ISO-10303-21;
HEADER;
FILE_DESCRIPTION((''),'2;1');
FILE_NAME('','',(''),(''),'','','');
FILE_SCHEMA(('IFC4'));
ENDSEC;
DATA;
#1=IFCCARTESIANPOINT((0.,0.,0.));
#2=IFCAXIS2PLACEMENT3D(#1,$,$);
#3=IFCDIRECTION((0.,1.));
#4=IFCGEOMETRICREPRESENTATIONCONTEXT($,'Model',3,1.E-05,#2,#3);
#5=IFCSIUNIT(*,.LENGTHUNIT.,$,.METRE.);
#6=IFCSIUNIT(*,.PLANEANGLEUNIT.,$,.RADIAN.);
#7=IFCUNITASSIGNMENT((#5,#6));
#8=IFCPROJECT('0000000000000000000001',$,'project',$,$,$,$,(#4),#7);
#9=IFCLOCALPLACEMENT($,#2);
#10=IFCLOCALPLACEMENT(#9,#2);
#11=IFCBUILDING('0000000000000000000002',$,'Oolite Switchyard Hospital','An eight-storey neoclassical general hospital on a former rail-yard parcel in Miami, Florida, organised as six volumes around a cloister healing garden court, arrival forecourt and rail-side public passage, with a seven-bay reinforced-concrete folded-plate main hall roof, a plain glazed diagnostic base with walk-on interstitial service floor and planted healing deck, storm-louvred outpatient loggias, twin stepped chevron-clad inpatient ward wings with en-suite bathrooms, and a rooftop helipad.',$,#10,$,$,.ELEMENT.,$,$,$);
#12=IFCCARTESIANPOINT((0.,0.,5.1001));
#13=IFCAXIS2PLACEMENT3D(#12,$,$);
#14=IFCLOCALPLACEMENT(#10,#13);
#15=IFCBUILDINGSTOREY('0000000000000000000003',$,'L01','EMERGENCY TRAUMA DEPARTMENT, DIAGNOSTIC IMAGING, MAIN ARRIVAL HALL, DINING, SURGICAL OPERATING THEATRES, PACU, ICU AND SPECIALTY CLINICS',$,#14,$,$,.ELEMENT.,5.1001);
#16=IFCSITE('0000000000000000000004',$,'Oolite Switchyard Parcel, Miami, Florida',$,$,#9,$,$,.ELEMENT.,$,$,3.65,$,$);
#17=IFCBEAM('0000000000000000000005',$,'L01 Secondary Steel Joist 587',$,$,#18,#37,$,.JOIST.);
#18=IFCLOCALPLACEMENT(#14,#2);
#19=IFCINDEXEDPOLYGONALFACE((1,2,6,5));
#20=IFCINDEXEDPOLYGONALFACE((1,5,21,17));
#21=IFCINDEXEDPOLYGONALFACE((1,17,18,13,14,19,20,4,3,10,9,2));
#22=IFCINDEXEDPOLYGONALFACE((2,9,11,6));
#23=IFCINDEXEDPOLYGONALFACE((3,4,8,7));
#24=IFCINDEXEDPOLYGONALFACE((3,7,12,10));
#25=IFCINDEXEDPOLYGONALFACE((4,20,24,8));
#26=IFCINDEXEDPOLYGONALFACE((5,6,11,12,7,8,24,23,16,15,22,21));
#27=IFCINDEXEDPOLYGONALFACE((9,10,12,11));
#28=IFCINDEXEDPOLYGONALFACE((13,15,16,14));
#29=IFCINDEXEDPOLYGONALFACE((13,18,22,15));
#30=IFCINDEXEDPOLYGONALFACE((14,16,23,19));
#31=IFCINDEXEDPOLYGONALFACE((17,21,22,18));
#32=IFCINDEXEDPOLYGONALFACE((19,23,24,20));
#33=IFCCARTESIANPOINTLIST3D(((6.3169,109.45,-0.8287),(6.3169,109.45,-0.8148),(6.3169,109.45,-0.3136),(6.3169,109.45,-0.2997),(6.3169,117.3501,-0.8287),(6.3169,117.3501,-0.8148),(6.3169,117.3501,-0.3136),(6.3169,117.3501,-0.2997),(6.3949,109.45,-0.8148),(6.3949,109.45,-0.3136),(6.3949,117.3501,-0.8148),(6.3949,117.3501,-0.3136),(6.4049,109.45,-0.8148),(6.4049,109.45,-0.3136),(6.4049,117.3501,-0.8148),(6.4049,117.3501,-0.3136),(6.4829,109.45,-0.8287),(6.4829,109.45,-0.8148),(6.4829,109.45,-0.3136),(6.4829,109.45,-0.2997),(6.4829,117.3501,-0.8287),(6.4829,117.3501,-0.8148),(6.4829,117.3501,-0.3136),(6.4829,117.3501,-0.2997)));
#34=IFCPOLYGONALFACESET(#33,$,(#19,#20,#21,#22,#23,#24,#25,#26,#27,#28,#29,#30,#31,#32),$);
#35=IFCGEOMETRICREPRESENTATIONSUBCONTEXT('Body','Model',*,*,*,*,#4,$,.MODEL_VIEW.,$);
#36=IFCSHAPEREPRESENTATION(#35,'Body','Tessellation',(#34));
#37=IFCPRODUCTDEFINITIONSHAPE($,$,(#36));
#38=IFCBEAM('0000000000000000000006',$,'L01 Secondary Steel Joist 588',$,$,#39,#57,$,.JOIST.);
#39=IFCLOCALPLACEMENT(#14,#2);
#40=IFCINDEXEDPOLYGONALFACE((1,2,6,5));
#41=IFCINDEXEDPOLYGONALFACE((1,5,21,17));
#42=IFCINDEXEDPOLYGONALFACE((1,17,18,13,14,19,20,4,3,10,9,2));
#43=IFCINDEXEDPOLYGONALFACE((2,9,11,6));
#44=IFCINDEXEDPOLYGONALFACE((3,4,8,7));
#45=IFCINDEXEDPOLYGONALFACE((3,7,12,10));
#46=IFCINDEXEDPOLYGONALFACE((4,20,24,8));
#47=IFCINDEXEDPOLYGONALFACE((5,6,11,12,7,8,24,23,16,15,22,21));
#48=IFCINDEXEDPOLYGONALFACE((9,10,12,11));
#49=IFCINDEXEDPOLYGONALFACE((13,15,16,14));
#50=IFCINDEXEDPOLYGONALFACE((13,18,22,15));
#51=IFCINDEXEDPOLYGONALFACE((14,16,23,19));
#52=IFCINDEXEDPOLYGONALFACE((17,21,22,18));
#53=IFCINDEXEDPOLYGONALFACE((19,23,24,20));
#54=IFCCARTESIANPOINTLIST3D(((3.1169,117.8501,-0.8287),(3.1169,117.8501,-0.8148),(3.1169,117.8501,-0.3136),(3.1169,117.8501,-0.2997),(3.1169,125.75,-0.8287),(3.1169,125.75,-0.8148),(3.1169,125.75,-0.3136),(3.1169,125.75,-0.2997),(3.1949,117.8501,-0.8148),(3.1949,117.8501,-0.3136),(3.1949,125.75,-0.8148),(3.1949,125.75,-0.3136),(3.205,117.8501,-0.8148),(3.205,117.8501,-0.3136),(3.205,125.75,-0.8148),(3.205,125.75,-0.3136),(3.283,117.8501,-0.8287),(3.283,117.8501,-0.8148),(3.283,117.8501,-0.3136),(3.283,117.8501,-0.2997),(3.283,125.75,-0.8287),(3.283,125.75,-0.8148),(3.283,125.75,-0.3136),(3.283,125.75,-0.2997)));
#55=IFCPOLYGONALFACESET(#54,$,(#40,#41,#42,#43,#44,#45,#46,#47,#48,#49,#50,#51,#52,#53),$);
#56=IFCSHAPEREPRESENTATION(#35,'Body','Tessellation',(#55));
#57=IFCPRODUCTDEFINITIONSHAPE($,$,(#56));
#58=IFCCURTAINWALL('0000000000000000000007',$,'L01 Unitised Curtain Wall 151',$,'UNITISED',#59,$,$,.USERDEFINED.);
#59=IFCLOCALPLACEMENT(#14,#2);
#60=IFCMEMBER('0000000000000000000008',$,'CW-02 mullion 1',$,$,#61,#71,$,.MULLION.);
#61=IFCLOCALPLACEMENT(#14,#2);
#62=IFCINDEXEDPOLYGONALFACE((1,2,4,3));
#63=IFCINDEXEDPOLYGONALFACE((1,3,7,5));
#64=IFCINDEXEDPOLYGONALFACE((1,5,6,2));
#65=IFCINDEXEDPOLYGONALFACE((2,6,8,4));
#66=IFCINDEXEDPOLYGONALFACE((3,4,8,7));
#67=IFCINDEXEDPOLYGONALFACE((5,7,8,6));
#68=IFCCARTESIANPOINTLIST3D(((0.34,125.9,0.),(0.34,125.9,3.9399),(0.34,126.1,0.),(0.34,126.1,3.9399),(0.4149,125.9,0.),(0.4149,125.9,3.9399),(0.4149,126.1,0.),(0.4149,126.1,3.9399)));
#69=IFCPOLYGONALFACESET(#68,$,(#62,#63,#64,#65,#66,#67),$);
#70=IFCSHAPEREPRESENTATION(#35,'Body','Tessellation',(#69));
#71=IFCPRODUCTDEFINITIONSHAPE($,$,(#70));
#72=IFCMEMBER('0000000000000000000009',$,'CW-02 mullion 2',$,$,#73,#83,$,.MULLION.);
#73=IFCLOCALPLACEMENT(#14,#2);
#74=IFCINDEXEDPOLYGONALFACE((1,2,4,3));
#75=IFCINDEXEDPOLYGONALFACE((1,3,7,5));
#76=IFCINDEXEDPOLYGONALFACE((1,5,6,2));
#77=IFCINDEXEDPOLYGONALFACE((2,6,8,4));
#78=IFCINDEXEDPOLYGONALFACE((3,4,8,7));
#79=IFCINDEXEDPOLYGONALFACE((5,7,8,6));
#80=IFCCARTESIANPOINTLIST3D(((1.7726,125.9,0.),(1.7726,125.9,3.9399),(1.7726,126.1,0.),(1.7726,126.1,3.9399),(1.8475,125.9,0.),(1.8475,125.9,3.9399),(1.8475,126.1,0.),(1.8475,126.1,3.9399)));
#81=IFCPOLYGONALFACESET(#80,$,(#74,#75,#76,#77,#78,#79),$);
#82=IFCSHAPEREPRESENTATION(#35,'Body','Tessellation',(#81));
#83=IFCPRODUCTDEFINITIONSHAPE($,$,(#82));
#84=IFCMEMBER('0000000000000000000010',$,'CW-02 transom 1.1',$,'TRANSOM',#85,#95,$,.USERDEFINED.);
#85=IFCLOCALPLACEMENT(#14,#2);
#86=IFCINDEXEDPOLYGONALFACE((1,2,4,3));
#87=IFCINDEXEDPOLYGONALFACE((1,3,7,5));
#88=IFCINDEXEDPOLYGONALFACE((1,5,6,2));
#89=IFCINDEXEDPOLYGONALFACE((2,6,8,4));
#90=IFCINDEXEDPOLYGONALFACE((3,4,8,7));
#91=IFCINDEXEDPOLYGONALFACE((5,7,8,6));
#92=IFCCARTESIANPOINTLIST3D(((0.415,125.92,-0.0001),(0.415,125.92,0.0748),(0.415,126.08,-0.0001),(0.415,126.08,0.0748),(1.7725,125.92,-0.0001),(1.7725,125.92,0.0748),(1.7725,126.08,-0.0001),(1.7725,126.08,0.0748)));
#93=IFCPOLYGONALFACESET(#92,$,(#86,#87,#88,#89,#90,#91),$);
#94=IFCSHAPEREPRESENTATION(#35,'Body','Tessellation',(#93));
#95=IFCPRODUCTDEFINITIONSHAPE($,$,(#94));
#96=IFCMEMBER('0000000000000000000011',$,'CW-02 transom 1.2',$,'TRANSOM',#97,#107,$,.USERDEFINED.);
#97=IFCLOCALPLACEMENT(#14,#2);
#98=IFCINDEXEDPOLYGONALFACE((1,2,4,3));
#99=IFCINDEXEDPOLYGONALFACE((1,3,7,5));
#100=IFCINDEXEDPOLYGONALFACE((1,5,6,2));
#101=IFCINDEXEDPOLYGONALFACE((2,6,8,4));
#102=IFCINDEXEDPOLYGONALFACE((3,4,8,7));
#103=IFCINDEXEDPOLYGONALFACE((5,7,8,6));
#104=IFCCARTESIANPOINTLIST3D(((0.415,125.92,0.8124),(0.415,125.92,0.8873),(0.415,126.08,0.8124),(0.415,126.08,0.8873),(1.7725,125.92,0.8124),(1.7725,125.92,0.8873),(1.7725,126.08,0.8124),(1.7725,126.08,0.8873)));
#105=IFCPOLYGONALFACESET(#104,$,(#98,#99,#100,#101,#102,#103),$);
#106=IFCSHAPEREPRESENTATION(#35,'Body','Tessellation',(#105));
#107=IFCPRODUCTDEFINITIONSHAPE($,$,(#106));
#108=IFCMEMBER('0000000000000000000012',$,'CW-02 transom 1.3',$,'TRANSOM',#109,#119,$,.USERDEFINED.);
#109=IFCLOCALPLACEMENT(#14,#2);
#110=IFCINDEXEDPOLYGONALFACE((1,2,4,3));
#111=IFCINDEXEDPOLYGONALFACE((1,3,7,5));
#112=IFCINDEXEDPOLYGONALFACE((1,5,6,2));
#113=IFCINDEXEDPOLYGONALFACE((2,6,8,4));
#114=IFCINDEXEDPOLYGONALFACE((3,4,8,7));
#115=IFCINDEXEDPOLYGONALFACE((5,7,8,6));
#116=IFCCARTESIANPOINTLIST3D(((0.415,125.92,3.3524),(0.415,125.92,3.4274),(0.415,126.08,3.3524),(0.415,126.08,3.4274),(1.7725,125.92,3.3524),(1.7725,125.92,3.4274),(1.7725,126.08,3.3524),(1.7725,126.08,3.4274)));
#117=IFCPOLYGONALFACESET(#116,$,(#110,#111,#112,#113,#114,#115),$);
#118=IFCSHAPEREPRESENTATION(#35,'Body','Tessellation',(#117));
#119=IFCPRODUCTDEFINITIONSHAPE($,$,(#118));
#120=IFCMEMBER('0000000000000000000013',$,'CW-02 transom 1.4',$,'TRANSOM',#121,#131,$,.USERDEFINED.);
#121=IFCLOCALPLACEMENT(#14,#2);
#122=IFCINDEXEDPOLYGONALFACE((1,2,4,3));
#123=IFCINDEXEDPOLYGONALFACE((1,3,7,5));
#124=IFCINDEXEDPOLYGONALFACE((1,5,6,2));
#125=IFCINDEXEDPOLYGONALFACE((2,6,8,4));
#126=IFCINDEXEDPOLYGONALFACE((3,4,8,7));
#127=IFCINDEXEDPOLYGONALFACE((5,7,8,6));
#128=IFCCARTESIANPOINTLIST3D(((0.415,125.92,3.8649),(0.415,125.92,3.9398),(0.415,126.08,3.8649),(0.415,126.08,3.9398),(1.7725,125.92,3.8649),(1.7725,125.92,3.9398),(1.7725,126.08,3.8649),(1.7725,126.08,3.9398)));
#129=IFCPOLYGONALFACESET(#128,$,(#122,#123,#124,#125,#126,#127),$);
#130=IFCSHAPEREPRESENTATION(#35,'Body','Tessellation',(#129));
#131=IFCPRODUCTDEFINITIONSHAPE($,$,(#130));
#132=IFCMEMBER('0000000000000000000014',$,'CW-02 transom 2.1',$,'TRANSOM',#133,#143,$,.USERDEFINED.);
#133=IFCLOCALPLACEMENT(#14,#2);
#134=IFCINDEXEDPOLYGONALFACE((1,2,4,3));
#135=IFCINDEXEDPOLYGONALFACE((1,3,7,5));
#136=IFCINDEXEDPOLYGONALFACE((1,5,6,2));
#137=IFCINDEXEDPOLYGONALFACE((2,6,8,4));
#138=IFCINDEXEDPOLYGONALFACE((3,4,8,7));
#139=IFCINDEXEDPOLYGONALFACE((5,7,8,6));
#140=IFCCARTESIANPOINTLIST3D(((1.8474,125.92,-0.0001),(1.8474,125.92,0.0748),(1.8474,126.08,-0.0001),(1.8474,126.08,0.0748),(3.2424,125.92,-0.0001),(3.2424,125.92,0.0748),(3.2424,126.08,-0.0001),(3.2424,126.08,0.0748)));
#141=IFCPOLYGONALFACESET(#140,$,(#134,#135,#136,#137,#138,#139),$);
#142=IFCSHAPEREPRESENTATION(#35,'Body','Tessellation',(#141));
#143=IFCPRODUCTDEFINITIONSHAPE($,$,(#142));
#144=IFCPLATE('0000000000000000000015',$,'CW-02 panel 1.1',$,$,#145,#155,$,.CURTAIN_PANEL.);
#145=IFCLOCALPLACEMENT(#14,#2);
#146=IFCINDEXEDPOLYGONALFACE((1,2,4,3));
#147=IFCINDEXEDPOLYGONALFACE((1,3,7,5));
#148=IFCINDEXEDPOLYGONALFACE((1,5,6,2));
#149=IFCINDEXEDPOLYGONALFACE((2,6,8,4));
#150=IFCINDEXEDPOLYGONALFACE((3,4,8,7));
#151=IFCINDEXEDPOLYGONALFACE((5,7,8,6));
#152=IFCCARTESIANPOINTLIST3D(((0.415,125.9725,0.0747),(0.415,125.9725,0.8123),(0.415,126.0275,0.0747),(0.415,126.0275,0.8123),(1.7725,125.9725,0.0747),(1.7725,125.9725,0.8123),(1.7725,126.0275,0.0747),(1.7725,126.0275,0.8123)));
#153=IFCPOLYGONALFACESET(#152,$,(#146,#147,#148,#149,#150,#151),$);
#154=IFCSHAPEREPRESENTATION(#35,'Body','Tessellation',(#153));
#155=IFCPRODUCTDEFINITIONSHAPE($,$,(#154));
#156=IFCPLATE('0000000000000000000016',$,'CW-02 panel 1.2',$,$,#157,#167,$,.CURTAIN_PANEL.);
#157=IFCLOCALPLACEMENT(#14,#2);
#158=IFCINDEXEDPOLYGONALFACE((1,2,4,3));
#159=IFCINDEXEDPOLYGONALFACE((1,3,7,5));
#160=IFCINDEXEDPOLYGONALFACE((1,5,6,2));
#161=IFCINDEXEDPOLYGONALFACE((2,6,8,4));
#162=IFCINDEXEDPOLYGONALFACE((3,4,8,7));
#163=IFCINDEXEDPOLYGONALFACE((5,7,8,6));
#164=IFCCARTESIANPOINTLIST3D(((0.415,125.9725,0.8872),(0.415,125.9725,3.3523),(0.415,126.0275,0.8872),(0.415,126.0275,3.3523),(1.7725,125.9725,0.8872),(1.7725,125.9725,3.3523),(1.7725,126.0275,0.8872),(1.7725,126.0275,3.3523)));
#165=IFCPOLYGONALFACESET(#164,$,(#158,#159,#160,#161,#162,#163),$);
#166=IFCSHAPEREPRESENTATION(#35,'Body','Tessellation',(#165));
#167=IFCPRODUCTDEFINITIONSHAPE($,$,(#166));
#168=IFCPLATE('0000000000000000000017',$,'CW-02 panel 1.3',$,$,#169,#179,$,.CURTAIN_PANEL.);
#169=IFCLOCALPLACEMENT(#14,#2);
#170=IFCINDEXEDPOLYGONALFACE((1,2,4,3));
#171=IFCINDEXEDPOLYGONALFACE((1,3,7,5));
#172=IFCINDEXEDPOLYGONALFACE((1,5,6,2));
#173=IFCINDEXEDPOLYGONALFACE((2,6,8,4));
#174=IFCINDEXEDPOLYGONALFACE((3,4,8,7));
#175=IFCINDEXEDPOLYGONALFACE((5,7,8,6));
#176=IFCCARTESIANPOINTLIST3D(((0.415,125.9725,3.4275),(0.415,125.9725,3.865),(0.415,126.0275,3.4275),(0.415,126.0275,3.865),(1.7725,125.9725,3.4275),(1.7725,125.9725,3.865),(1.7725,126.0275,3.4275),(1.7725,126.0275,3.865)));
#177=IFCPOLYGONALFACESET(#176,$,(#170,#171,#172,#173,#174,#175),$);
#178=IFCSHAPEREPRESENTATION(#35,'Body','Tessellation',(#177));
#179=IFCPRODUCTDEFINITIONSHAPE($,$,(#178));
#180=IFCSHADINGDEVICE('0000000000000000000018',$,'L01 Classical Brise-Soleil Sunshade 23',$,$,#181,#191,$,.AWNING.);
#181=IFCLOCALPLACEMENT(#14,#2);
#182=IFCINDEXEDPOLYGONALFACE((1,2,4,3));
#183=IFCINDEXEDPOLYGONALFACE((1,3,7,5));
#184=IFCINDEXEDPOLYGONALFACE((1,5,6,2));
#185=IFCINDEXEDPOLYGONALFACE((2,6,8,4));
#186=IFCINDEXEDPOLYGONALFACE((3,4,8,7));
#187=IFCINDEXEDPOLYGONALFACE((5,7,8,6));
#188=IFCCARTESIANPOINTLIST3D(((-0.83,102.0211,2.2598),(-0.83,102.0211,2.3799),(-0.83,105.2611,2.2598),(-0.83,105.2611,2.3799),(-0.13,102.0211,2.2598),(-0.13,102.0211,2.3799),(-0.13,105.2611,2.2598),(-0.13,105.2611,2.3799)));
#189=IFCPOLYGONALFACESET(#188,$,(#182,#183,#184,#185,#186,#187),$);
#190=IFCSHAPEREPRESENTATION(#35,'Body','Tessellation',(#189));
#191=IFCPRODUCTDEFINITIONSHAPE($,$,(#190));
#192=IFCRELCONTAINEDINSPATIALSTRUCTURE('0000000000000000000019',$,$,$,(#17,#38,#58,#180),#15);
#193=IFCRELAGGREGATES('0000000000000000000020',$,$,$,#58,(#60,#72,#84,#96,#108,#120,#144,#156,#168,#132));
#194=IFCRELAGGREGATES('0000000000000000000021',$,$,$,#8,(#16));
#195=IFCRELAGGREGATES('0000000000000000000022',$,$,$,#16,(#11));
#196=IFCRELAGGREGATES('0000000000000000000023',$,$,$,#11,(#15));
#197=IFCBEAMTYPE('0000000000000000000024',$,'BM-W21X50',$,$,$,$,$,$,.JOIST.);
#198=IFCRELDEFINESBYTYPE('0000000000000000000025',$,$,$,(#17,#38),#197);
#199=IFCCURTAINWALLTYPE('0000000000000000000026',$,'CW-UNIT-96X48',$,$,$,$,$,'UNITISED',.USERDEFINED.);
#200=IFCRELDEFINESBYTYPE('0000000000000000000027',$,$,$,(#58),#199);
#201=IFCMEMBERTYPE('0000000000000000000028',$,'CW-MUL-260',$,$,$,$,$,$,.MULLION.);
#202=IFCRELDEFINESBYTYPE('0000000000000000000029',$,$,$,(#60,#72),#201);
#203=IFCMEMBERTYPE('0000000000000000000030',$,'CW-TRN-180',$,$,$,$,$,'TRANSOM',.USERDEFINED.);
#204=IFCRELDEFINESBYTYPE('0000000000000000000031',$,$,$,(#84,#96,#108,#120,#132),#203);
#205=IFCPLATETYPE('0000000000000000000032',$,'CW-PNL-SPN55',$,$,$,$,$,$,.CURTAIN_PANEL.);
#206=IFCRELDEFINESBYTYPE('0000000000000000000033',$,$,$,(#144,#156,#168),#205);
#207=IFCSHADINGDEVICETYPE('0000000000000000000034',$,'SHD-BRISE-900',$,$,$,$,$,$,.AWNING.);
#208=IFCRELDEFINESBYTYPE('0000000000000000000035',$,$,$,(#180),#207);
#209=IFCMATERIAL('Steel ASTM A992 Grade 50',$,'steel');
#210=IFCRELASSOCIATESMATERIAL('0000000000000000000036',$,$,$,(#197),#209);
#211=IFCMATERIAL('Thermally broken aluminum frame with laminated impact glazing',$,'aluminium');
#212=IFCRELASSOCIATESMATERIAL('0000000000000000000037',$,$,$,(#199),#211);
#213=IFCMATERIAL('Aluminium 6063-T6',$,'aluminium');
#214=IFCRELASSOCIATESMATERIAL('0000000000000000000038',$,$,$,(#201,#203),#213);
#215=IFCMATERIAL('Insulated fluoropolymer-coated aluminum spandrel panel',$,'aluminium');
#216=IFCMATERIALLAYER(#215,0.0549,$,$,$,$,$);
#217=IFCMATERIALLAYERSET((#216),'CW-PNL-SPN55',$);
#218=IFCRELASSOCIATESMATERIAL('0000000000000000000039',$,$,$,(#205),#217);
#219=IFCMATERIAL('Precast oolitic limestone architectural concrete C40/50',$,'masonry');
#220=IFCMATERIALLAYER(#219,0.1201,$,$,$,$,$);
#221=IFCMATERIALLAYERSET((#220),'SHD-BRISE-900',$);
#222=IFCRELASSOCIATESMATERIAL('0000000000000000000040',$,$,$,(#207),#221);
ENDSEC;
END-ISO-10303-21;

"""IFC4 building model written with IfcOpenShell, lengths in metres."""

from ifc_helpers import new_model, si_unit, direction, frame, origin, origin_2d, place, context, subcontext, project, spatial, rectangle, i_section, extrude, material, layer, layer_set, material_profile, profile_set, type_object, element, aggregate, save


model = new_model("IFC4")

# Units and contexts
model_context = context("Model", 3, precision=1e-05, world=origin(), true_north=direction((0.0, 1.0)))
body_context = subcontext(model_context, "Body", "Model", "MODEL_VIEW")
ifc_project = project(units=[si_unit("LENGTHUNIT", "METRE"), si_unit("PLANEANGLEUNIT", "RADIAN")], contexts=[model_context])

# Site, building, storey
site_placement = place(None, origin())
site = spatial("IfcSite", under=ifc_project, at=site_placement, Name="Oolite Switchyard Parcel, Miami, Florida", CompositionType="ELEMENT", RefElevation=3.65)
building_placement = place(site_placement, origin())
building = spatial("IfcBuilding", under=site, at=building_placement, Name="Oolite Switchyard Hospital", Description="An eight-storey neoclassical general hospital on a former rail-yard parcel in Miami, Florida, organised as six volumes around a cloister healing garden court, arrival forecourt and rail-side public passage, with a seven-bay reinforced-concrete folded-plate main hall roof, a plain glazed diagnostic base with walk-on interstitial service floor and planted healing deck, storm-louvred outpatient loggias, twin stepped chevron-clad inpatient ward wings with en-suite bathrooms, and a rooftop helipad.", CompositionType="ELEMENT")
storey_placement = place(building_placement, frame((0.0, 0.0, 5.1001)))
storey = spatial("IfcBuildingStorey", under=building, at=storey_placement, Name="L01", Description="EMERGENCY TRAUMA DEPARTMENT, DIAGNOSTIC IMAGING, MAIN ARRIVAL HALL, DINING, SURGICAL OPERATING THEATRES, PACU, ICU AND SPECIALTY CLINICS", CompositionType="ELEMENT", Elevation=5.1001)

# Beams
ifc_material_1 = material(Name="Steel ASTM A992 Grade 50", Category="steel")
ifc_material_profile_1 = material_profile(ifc_material_1, i_section(OverallWidth=0.166, OverallDepth=0.5291, WebThickness=0.01, FlangeThickness=0.0139, at=origin_2d()), Name="W21X50")
ifc_profile_set_1 = profile_set([ifc_material_profile_1], Name="Steel ASTM A992 Grade 50")
beam_type_1 = type_object("IfcBeamType", Name="BM-W21X50", PredefinedType="JOIST", material=ifc_profile_set_1)
beam_1_placement = place(storey_placement, frame((6.3999, 109.45, -0.5642), z_axis=(0.0, 1.0, 0.0), x_axis=(-1.0, 0.0, 0.0)))
element("IfcBeam", 1, at=beam_1_placement, inside=storey, type_object=beam_type_1, Name="L01 Secondary Steel Joist 587", PredefinedType="JOIST", context=body_context, shape_type="SweptSolid", body=[
    extrude(i_section(OverallWidth=0.166, OverallDepth=0.5291, WebThickness=0.01, FlangeThickness=0.0139, at=origin_2d()), origin(), (0.0, 0.0, 1.0), 7.9001),
])
beam_2_placement = place(storey_placement, frame((3.2, 117.8501, -0.5642), z_axis=(0.0, 1.0, 0.0), x_axis=(-1.0, 0.0, 0.0)))
element("IfcBeam", 2, at=beam_2_placement, inside=storey, type_object=beam_type_1, Name="L01 Secondary Steel Joist 588", PredefinedType="JOIST", context=body_context, shape_type="SweptSolid", body=[
    extrude(i_section(OverallWidth=0.166, OverallDepth=0.5291, WebThickness=0.01, FlangeThickness=0.0139, at=origin_2d()), origin(), (0.0, 0.0, 1.0), 7.8999),
])

# Curtain wall, members, plates
ifc_material_2 = material(Name="Thermally broken aluminum frame with laminated impact glazing", Category="aluminium")
curtain_wall_type = type_object("IfcCurtainWallType", Name="CW-UNIT-96X48", ElementType="UNITISED", PredefinedType="USERDEFINED", material=ifc_material_2)
curtain_wall_placement = place(storey_placement, origin())
curtain_wall = element("IfcCurtainWall", 3, at=curtain_wall_placement, inside=storey, type_object=curtain_wall_type, Name="L01 Unitised Curtain Wall 151", ObjectType="UNITISED", PredefinedType="USERDEFINED")
ifc_material_3 = material(Name="Aluminium 6063-T6", Category="aluminium")
ifc_material_profile_2 = material_profile(ifc_material_3, rectangle(XDim=0.2, YDim=0.075, at=origin_2d()), Name="CWM75X200")
ifc_profile_set_2 = profile_set([ifc_material_profile_2], Name="Aluminium 6063-T6")
member_type_1 = type_object("IfcMemberType", Name="CW-MUL-260", PredefinedType="MULLION", material=ifc_profile_set_2)
member_1_placement = place(storey_placement, frame((0.3774, 126.0, 0.0), z_axis=(0.0, 0.0, 1.0), x_axis=(0.0, 1.0, 0.0)))
member_1 = element("IfcMember", 4, at=member_1_placement, type_object=member_type_1, Name="CW-02 mullion 1", PredefinedType="MULLION", context=body_context, shape_type="SweptSolid", body=[
    extrude(rectangle(XDim=0.2, YDim=0.075, at=origin_2d()), origin(), (0.0, 0.0, 1.0), 3.9399),
])
member_2_placement = place(storey_placement, frame((1.8101, 126.0, 0.0), z_axis=(0.0, 0.0, 1.0), x_axis=(0.0, 1.0, 0.0)))
member_2 = element("IfcMember", 5, at=member_2_placement, type_object=member_type_1, Name="CW-02 mullion 2", PredefinedType="MULLION", context=body_context, shape_type="SweptSolid", body=[
    extrude(rectangle(XDim=0.2, YDim=0.075, at=origin_2d()), origin(), (0.0, 0.0, 1.0), 3.9399),
])
ifc_material_profile_3 = material_profile(ifc_material_3, rectangle(XDim=0.1599, YDim=0.075, at=origin_2d()), Name="CWT75X160")
ifc_profile_set_3 = profile_set([ifc_material_profile_3], Name="Aluminium 6063-T6")
member_type_2 = type_object("IfcMemberType", Name="CW-TRN-180", ElementType="TRANSOM", PredefinedType="USERDEFINED", material=ifc_profile_set_3)
member_3_placement = place(storey_placement, frame((0.415, 126.0, 0.0374), z_axis=(1.0, 0.0, 0.0), x_axis=(0.0, 1.0, 0.0)))
member_3 = element("IfcMember", 6, at=member_3_placement, type_object=member_type_2, Name="CW-02 transom 1.1", ObjectType="TRANSOM", PredefinedType="USERDEFINED", context=body_context, shape_type="SweptSolid", body=[
    extrude(rectangle(XDim=0.1599, YDim=0.075, at=origin_2d()), origin(), (0.0, 0.0, 1.0), 1.3574),
])
member_4_placement = place(storey_placement, frame((0.415, 126.0, 0.8499), z_axis=(1.0, 0.0, 0.0), x_axis=(0.0, 1.0, 0.0)))
member_4 = element("IfcMember", 7, at=member_4_placement, type_object=member_type_2, Name="CW-02 transom 1.2", ObjectType="TRANSOM", PredefinedType="USERDEFINED", context=body_context, shape_type="SweptSolid", body=[
    extrude(rectangle(XDim=0.1599, YDim=0.075, at=origin_2d()), origin(), (0.0, 0.0, 1.0), 1.3574),
])
member_5_placement = place(storey_placement, frame((0.415, 126.0, 3.3899), z_axis=(1.0, 0.0, 0.0), x_axis=(0.0, 1.0, 0.0)))
member_5 = element("IfcMember", 8, at=member_5_placement, type_object=member_type_2, Name="CW-02 transom 1.3", ObjectType="TRANSOM", PredefinedType="USERDEFINED", context=body_context, shape_type="SweptSolid", body=[
    extrude(rectangle(XDim=0.1599, YDim=0.075, at=origin_2d()), origin(), (0.0, 0.0, 1.0), 1.3574),
])
member_6_placement = place(storey_placement, frame((0.415, 126.0, 3.9023), z_axis=(1.0, 0.0, 0.0), x_axis=(0.0, 1.0, 0.0)))
member_6 = element("IfcMember", 9, at=member_6_placement, type_object=member_type_2, Name="CW-02 transom 1.4", ObjectType="TRANSOM", PredefinedType="USERDEFINED", context=body_context, shape_type="SweptSolid", body=[
    extrude(rectangle(XDim=0.1599, YDim=0.075, at=origin_2d()), origin(), (0.0, 0.0, 1.0), 1.3574),
])
member_7_placement = place(storey_placement, frame((1.8474, 126.0, 0.0374), z_axis=(1.0, 0.0, 0.0), x_axis=(0.0, 1.0, 0.0)))
member_7 = element("IfcMember", 10, at=member_7_placement, type_object=member_type_2, Name="CW-02 transom 2.1", ObjectType="TRANSOM", PredefinedType="USERDEFINED", context=body_context, shape_type="SweptSolid", body=[
    extrude(rectangle(XDim=0.1599, YDim=0.075, at=origin_2d()), origin(), (0.0, 0.0, 1.0), 1.395),
])
ifc_material_4 = material(Name="Insulated fluoropolymer-coated aluminum spandrel panel", Category="aluminium")
ifc_layer_1 = layer(ifc_material_4, 0.0549)
ifc_layer_set_1 = layer_set([ifc_layer_1], Name="CW-PNL-SPN55")
plate_type = type_object("IfcPlateType", Name="CW-PNL-SPN55", PredefinedType="CURTAIN_PANEL", material=ifc_layer_set_1)
plate_1_placement = place(storey_placement, frame((1.0938, 126.0, 0.0747), z_axis=(0.0, 0.0, 1.0), x_axis=(1.0, 0.0, 0.0)))
plate_1 = element("IfcPlate", 11, at=plate_1_placement, type_object=plate_type, Name="CW-02 panel 1.1", PredefinedType="CURTAIN_PANEL", context=body_context, shape_type="SweptSolid", body=[
    extrude(rectangle(XDim=1.3574, YDim=0.0549, at=origin_2d()), origin(), (0.0, 0.0, 1.0), 0.7375),
])
plate_2_placement = place(storey_placement, frame((1.0938, 126.0, 0.8872), z_axis=(0.0, 0.0, 1.0), x_axis=(1.0, 0.0, 0.0)))
plate_2 = element("IfcPlate", 12, at=plate_2_placement, type_object=plate_type, Name="CW-02 panel 1.2", PredefinedType="CURTAIN_PANEL", context=body_context, shape_type="SweptSolid", body=[
    extrude(rectangle(XDim=1.3574, YDim=0.0549, at=origin_2d()), origin(), (0.0, 0.0, 1.0), 2.4651),
])
plate_3_placement = place(storey_placement, frame((1.0938, 126.0, 3.4275), z_axis=(0.0, 0.0, 1.0), x_axis=(1.0, 0.0, 0.0)))
plate_3 = element("IfcPlate", 13, at=plate_3_placement, type_object=plate_type, Name="CW-02 panel 1.3", PredefinedType="CURTAIN_PANEL", context=body_context, shape_type="SweptSolid", body=[
    extrude(rectangle(XDim=1.3574, YDim=0.0549, at=origin_2d()), origin(), (0.0, 0.0, 1.0), 0.4375),
])
aggregate(curtain_wall, [member_1, member_2, member_3, member_4, member_5, member_6, plate_1, plate_2, plate_3, member_7])

# Shading device
ifc_material_5 = material(Name="Precast oolitic limestone architectural concrete C40/50", Category="masonry")
ifc_layer_2 = layer(ifc_material_5, 0.1201)
ifc_layer_set_2 = layer_set([ifc_layer_2], Name="SHD-BRISE-900")
shading_device_type = type_object("IfcShadingDeviceType", Name="SHD-BRISE-900", PredefinedType="AWNING", material=ifc_layer_set_2)
shading_device_placement = place(storey_placement, frame((-0.48, 103.6411, 2.2598), z_axis=(0.0, 0.0, 1.0), x_axis=(0.0, 1.0, 0.0)))
element("IfcShadingDevice", 14, at=shading_device_placement, inside=storey, type_object=shading_device_type, Name="L01 Classical Brise-Soleil Sunshade 23", PredefinedType="AWNING", context=body_context, shape_type="SweptSolid", body=[
    extrude(rectangle(XDim=3.24, YDim=0.7, at=origin_2d()), origin(), (0.0, 0.0, 1.0), 0.1201),
])

save(model, "model.ifc")
